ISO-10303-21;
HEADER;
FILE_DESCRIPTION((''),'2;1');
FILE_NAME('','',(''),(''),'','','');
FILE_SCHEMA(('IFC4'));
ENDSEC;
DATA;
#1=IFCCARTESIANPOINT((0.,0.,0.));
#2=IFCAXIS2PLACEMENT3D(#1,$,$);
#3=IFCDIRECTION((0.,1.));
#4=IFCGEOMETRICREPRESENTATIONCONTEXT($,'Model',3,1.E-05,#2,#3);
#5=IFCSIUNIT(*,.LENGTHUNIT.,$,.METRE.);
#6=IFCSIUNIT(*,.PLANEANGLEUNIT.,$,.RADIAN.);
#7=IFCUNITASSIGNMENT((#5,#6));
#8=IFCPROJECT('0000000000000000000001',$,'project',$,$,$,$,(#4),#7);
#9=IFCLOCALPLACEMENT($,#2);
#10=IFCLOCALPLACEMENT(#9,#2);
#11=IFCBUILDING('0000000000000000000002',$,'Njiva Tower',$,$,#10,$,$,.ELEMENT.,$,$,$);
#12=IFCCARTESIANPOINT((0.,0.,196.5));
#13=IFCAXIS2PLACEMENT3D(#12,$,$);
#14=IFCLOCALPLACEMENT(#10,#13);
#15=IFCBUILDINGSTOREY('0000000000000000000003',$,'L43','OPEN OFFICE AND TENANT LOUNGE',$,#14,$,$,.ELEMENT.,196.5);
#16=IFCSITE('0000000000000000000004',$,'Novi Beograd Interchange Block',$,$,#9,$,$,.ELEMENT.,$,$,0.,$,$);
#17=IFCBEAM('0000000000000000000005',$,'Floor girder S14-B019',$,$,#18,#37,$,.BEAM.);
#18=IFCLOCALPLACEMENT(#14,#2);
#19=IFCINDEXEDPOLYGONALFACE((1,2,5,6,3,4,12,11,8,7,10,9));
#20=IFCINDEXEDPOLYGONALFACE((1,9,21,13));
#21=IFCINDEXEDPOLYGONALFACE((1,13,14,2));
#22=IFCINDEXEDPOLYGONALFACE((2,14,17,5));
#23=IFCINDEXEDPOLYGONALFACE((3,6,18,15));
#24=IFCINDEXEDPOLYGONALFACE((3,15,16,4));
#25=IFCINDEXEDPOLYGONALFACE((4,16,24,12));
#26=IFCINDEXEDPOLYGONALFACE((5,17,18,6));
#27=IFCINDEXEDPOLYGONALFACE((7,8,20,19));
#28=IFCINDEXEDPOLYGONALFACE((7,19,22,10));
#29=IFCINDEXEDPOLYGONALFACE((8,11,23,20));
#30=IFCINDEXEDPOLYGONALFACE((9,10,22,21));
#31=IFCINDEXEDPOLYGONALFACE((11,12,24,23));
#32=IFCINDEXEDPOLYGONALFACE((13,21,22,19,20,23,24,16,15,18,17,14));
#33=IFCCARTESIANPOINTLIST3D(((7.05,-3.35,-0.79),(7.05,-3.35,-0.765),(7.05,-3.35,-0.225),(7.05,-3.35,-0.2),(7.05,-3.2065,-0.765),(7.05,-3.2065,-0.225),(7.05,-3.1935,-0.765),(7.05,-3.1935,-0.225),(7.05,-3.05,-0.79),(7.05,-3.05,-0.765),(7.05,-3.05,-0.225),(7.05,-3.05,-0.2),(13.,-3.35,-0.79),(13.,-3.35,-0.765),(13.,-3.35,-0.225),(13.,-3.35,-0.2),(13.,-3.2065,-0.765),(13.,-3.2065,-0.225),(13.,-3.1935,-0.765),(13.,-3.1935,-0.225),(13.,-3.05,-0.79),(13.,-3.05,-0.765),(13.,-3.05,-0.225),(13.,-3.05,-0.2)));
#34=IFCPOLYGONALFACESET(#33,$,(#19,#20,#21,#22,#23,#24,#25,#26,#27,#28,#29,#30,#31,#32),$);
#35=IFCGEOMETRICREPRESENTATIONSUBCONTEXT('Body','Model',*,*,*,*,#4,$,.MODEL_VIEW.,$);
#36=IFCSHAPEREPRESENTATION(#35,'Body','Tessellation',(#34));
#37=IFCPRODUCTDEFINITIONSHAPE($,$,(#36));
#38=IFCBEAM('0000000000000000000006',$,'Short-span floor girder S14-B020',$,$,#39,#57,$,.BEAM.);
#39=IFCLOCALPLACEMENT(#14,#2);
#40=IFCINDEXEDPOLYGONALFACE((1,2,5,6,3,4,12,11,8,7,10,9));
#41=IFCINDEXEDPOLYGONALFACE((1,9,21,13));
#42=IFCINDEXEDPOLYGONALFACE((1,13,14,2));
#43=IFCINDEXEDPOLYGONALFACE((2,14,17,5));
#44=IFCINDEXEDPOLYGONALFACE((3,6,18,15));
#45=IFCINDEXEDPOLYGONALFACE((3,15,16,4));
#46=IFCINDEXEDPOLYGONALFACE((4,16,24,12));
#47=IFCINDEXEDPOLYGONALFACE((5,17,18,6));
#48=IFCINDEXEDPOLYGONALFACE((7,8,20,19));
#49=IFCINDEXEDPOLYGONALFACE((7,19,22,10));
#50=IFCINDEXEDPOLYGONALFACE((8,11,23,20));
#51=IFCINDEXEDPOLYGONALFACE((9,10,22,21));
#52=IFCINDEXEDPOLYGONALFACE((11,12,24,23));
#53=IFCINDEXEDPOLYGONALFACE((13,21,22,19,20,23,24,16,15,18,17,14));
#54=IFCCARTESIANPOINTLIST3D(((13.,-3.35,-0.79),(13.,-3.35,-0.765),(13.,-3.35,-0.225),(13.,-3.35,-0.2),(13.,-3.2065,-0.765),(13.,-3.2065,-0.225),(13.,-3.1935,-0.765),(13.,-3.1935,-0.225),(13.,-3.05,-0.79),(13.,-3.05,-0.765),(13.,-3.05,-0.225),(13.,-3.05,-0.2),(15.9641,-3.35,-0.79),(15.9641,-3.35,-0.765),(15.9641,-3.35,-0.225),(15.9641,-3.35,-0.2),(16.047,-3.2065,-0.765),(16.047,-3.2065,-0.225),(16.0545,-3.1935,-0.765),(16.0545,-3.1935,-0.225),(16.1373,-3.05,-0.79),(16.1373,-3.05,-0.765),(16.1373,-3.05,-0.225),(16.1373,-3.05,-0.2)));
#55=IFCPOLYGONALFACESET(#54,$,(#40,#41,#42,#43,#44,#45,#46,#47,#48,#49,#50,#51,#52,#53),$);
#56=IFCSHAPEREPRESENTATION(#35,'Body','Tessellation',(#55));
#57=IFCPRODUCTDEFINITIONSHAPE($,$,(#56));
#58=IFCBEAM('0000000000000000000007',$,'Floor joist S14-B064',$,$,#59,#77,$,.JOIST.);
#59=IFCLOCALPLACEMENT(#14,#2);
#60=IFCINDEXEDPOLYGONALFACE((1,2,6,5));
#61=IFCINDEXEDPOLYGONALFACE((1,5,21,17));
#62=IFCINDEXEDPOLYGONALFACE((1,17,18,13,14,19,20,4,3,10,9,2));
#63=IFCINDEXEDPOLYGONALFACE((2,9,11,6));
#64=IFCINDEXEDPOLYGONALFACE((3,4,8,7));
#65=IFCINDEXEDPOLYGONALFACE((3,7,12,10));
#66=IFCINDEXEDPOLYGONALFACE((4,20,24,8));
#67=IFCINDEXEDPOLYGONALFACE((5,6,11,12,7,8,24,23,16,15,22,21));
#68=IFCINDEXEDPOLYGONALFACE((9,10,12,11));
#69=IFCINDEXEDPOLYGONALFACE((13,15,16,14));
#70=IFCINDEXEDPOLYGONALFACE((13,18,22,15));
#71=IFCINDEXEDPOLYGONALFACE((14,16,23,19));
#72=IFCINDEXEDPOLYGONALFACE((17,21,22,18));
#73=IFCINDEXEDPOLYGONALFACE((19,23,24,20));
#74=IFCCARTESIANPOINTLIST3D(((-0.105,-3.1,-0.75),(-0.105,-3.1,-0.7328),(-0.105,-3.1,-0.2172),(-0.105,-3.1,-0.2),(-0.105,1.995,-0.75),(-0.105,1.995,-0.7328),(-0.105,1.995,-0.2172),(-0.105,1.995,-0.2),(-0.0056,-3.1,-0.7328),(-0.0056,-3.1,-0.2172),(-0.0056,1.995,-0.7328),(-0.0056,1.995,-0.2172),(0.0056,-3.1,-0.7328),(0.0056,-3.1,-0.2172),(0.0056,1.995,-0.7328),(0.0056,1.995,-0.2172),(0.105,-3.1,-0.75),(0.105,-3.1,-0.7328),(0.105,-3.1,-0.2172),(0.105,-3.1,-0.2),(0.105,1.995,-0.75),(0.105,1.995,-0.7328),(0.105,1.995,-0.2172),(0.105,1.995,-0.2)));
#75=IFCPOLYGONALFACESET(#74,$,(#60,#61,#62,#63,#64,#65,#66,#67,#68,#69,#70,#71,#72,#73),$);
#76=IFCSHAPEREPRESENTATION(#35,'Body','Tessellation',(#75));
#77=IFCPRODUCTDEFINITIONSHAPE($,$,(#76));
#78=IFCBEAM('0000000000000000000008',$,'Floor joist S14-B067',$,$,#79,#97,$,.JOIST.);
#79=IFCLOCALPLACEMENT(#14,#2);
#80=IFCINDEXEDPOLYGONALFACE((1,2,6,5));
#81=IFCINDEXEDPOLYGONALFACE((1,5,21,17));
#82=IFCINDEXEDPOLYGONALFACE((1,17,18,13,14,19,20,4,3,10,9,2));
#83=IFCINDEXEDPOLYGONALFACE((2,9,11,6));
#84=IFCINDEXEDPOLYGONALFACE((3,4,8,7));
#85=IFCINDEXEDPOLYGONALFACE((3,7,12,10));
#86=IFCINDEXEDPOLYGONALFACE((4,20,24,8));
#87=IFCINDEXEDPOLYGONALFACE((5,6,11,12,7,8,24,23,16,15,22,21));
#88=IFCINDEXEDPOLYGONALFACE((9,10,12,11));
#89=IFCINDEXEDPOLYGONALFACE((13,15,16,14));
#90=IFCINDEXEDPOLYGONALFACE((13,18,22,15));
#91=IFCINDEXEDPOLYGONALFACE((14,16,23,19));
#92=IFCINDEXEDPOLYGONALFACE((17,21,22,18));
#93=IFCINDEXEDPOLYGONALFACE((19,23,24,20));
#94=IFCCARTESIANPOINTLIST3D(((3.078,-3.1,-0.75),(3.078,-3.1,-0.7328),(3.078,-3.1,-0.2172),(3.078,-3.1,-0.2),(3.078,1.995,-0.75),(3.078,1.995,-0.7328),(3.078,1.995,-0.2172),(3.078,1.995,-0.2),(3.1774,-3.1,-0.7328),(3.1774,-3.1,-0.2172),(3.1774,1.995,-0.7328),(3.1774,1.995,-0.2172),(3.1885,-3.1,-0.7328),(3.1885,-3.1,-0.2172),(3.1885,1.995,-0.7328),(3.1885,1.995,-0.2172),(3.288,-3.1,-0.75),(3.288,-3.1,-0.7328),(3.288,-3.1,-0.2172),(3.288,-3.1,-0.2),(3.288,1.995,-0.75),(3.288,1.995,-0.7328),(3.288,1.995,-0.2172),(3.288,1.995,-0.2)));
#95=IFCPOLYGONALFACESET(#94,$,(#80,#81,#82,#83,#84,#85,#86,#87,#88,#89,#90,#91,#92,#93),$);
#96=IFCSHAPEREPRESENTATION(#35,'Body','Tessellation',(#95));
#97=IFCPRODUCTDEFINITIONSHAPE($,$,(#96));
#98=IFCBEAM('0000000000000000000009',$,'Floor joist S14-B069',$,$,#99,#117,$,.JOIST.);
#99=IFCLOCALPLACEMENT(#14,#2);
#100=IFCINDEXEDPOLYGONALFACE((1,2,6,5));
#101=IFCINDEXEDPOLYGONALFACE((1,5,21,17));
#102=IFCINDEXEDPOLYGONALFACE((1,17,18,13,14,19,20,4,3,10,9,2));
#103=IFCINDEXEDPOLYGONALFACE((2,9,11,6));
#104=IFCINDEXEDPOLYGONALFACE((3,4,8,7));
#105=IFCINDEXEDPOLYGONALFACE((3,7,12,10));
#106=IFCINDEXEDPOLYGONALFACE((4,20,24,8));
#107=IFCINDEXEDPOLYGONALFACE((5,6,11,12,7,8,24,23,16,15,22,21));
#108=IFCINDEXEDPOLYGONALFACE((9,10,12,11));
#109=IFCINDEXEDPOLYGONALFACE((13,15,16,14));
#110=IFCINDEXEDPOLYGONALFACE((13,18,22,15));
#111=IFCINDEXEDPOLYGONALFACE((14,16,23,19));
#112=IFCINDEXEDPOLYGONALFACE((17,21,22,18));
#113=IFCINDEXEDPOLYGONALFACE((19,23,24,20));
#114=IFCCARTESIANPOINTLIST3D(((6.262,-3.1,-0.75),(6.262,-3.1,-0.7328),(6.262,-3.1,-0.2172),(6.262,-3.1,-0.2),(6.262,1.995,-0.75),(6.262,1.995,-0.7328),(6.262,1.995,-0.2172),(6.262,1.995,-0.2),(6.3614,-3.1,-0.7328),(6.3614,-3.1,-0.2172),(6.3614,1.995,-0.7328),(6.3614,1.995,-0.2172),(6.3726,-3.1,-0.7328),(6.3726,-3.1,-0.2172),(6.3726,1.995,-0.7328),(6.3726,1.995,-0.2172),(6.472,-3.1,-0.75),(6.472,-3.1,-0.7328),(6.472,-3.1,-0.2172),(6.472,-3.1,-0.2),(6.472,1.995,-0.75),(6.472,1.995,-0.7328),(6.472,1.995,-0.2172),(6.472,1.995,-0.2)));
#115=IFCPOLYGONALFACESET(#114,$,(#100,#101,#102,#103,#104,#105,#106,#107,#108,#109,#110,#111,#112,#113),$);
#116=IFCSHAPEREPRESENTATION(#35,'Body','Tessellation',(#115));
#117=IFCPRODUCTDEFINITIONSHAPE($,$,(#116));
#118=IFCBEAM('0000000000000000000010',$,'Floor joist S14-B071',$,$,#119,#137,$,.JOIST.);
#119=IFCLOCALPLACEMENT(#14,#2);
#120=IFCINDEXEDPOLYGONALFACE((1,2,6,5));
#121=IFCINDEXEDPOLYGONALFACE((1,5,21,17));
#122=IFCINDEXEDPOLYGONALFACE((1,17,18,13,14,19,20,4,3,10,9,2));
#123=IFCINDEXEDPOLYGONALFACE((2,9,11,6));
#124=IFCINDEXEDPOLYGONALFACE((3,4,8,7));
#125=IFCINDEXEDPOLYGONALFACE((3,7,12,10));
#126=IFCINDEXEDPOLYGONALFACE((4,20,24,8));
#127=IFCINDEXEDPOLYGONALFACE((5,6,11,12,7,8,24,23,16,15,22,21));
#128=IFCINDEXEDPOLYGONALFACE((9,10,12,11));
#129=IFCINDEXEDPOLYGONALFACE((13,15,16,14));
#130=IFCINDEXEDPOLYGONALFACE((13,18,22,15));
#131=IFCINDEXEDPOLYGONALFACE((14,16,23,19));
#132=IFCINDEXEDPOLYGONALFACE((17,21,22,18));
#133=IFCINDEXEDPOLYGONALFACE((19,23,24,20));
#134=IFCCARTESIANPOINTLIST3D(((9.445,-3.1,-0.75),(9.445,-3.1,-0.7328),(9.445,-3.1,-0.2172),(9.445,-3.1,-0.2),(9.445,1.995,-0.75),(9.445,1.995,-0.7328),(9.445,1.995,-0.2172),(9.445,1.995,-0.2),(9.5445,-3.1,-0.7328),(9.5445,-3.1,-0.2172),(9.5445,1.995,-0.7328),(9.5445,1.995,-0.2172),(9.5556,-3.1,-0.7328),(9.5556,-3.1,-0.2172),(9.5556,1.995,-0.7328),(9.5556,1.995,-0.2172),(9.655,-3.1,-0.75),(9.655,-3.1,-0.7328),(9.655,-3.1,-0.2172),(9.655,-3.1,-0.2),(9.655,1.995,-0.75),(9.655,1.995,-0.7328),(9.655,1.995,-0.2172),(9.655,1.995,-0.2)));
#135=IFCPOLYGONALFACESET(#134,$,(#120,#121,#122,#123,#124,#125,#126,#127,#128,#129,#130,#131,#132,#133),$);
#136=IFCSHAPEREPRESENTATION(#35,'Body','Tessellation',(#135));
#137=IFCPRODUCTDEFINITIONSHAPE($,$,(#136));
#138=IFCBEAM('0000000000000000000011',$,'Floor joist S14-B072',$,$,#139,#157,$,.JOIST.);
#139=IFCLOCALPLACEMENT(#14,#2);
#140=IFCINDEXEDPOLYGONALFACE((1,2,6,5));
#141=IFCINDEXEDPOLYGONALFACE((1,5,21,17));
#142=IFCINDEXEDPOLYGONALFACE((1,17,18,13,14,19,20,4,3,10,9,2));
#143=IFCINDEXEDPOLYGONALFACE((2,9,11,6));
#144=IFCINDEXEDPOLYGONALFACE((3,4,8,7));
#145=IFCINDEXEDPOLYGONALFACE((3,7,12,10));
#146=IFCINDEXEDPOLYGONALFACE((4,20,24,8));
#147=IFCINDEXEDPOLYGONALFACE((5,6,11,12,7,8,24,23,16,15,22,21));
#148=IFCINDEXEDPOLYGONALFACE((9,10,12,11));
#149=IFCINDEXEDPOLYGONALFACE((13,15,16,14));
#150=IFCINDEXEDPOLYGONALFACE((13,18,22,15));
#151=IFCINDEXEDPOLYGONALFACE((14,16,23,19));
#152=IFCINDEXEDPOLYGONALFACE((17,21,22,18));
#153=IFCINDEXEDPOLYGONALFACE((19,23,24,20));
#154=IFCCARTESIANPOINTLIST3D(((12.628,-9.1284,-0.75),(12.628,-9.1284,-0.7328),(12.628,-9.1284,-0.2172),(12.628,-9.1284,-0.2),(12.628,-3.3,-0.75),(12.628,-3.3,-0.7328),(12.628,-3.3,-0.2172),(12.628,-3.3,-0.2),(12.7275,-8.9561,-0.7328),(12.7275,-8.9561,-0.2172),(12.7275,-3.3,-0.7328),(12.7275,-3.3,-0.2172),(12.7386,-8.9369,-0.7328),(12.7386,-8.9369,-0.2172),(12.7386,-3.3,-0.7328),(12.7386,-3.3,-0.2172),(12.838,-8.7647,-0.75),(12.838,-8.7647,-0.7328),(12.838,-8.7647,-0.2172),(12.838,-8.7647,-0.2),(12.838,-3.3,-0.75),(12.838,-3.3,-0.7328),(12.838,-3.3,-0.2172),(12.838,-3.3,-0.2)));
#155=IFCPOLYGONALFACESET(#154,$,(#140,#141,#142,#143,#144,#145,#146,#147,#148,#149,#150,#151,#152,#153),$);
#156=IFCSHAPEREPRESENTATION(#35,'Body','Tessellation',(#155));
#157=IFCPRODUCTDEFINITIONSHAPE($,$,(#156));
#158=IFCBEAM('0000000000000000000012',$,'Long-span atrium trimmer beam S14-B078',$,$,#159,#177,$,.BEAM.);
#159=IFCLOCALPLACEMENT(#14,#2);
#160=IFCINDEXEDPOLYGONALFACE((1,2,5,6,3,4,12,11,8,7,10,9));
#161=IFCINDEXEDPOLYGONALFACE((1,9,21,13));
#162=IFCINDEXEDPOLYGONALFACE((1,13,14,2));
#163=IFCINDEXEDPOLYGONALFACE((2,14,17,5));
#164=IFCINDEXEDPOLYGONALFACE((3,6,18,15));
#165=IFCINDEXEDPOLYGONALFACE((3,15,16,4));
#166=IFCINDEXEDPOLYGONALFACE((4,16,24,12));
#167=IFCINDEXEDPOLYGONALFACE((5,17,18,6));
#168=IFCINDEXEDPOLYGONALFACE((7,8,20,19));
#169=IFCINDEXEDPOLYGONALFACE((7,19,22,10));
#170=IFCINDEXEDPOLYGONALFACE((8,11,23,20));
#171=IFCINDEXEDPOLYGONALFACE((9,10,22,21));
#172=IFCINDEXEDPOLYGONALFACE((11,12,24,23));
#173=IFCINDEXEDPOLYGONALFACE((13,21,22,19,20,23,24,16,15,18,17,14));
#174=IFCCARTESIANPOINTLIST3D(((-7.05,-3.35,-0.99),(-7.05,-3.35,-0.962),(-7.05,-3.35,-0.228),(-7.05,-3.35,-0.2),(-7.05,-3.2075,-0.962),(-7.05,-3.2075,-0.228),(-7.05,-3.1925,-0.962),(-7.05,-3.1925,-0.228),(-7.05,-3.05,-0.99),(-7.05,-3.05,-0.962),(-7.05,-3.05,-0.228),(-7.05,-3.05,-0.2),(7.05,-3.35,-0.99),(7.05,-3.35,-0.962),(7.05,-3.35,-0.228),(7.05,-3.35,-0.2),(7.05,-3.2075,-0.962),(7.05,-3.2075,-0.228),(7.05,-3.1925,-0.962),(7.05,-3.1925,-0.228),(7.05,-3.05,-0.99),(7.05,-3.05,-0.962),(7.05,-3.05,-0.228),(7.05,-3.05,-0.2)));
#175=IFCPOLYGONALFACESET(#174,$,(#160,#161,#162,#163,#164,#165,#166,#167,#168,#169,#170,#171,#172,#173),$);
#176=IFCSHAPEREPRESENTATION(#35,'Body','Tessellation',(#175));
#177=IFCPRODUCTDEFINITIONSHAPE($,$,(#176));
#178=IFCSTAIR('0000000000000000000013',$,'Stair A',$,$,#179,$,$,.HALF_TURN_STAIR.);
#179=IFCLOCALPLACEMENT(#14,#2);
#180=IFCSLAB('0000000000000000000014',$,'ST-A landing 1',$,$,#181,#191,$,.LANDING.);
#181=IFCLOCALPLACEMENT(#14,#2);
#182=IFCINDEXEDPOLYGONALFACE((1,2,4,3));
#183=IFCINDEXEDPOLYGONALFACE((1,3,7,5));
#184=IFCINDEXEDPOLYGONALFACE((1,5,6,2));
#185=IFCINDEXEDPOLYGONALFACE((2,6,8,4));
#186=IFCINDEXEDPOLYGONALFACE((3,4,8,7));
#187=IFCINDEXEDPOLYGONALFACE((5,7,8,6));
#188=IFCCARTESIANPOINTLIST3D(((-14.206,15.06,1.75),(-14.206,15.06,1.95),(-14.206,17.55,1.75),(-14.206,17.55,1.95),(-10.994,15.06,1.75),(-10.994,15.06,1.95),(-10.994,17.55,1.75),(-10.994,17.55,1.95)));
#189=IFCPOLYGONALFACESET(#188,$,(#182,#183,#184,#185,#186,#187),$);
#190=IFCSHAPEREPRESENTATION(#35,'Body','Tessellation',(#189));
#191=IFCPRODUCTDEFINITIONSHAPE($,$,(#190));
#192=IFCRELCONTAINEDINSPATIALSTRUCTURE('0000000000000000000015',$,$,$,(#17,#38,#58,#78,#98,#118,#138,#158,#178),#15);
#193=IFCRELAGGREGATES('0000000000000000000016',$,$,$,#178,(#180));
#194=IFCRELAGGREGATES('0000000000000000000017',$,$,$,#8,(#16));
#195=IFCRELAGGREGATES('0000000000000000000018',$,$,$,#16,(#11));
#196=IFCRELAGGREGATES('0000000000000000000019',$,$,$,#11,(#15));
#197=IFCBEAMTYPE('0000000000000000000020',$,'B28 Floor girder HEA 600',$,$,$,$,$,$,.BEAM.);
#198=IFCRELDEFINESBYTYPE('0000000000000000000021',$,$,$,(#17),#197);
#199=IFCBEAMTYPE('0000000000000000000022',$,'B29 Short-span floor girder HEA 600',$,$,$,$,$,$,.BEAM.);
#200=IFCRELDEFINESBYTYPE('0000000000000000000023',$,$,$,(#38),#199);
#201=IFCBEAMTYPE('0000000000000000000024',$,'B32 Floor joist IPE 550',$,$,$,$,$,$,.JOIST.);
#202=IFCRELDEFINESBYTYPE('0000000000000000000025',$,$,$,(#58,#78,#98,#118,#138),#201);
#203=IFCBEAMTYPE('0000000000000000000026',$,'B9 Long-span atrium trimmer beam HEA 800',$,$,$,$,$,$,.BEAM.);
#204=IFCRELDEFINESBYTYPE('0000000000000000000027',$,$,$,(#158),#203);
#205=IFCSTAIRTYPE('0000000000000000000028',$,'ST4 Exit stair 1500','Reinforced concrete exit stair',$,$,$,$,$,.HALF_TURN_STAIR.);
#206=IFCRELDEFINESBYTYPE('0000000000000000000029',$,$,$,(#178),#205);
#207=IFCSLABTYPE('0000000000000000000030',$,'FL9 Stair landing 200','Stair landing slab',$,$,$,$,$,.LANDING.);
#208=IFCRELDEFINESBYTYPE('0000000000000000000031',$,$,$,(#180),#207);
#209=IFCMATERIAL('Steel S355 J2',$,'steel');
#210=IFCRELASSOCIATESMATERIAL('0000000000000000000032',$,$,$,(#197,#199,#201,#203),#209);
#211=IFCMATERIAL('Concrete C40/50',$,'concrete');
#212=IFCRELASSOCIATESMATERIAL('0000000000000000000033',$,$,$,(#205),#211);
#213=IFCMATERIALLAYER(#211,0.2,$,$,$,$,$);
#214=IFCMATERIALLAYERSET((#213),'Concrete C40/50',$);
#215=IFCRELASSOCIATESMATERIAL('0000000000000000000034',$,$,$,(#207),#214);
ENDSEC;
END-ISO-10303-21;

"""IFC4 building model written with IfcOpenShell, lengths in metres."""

from ifc_helpers import new_model, si_unit, direction, frame, origin, origin_2d, place, context, subcontext, project, spatial, polyline, i_section, outline, extrude, clip, halfspace, material, layer, layer_set, material_profile, profile_set, type_object, element, aggregate, save


model = new_model("IFC4")

# Units and contexts
model_context = context("Model", 3, precision=1e-05, world=origin(), true_north=direction((0.0, 1.0)))
body_context = subcontext(model_context, "Body", "Model", "MODEL_VIEW")
ifc_project = project(units=[si_unit("LENGTHUNIT", "METRE"), si_unit("PLANEANGLEUNIT", "RADIAN")], contexts=[model_context])

# Site, building, storey
site_placement = place(None, origin())
site = spatial("IfcSite", under=ifc_project, at=site_placement, Name="Novi Beograd Interchange Block", CompositionType="ELEMENT", RefElevation=0.0)
building_placement = place(site_placement, origin())
building = spatial("IfcBuilding", under=site, at=building_placement, Name="Njiva Tower", CompositionType="ELEMENT")
storey_placement = place(building_placement, frame((0.0, 0.0, 196.5)))
storey = spatial("IfcBuildingStorey", under=building, at=storey_placement, Name="L43", Description="OPEN OFFICE AND TENANT LOUNGE", CompositionType="ELEMENT", Elevation=196.5)

# Shared definitions
ifc_material_1 = material(Name="Steel S355 J2", Category="steel")

# Beams
ifc_material_profile_1 = material_profile(ifc_material_1, i_section(OverallWidth=0.3, OverallDepth=0.59, WebThickness=0.013, FlangeThickness=0.025, at=origin_2d()), Name="HEA 600")
ifc_profile_set_1 = profile_set([ifc_material_profile_1], Name="Steel S355 J2")
beam_type_1 = type_object("IfcBeamType", Name="B28 Floor girder HEA 600", PredefinedType="BEAM", material=ifc_profile_set_1)
beam_1_placement = place(storey_placement, frame((7.05, -3.2, -0.495), z_axis=(1.0, 0.0, 0.0), x_axis=(0.0, 1.0, 0.0)))
element("IfcBeam", 1, at=beam_1_placement, inside=storey, type_object=beam_type_1, Name="Floor girder S14-B019", PredefinedType="BEAM", context=body_context, shape_type="SweptSolid", body=[
    extrude(i_section(OverallWidth=0.3, OverallDepth=0.59, WebThickness=0.013, FlangeThickness=0.025, at=origin_2d()), origin(), (0.0, 0.0, 1.0), 5.95),
])
ifc_material_profile_2 = material_profile(ifc_material_1, i_section(OverallWidth=0.3, OverallDepth=0.59, WebThickness=0.013, FlangeThickness=0.025, at=origin_2d()), Name="HEA 600")
ifc_profile_set_2 = profile_set([ifc_material_profile_2], Name="Steel S355 J2")
beam_type_2 = type_object("IfcBeamType", Name="B29 Short-span floor girder HEA 600", PredefinedType="BEAM", material=ifc_profile_set_2)
beam_2_placement = place(storey_placement, frame((13.0, -3.2, -0.495), z_axis=(1.0, 0.0, 0.0), x_axis=(0.0, 1.0, 0.0)))
element("IfcBeam", 2, at=beam_2_placement, inside=storey, type_object=beam_type_2, Name="Short-span floor girder S14-B020", PredefinedType="BEAM", context=body_context, shape_type="Clipping", body=[
    clip(extrude(i_section(OverallWidth=0.3, OverallDepth=0.59, WebThickness=0.013, FlangeThickness=0.025, at=origin_2d()), origin(), (0.0, 0.0, 1.0), 3.158), halfspace(frame((-0.025, 0.0, 3.0363), z_axis=(-0.499998, 0.0, 0.866027), x_axis=(0.0, 1.0, 0.0)), False)),
])
ifc_material_profile_3 = material_profile(ifc_material_1, i_section(OverallWidth=0.21, OverallDepth=0.55, WebThickness=0.0111, FlangeThickness=0.0172, at=origin_2d()), Name="IPE 550")
ifc_profile_set_3 = profile_set([ifc_material_profile_3], Name="Steel S355 J2")
beam_type_3 = type_object("IfcBeamType", Name="B32 Floor joist IPE 550", PredefinedType="JOIST", material=ifc_profile_set_3)
for number, where, z_axis, x_axis, name in (
    (3, (0.0, 1.995, -0.475), (0.0, -1.0, 0.0), (1.0, 0.0, 0.0), "Floor joist S14-B064"),
    (4, (3.183, 1.995, -0.475), (0.0, -1.0, 0.0), (1.0, 0.0, 0.0), "Floor joist S14-B067"),
    (5, (6.367, 1.995, -0.475), (0.0, -1.0, 0.0), (1.0, 0.0, 0.0), "Floor joist S14-B069"),
    (6, (9.55, 1.995, -0.475), (0.0, -1.0, 0.0), (1.0, 0.0, 0.0), "Floor joist S14-B071"),
):
    element("IfcBeam", number, at=place(storey_placement, frame(where, z_axis=z_axis, x_axis=x_axis)), inside=storey, type_object=beam_type_3, Name=name, PredefinedType="JOIST", context=body_context, shape_type="SweptSolid", body=[
        extrude(i_section(OverallWidth=0.21, OverallDepth=0.55, WebThickness=0.0111, FlangeThickness=0.0172, at=origin_2d()), origin(), (0.0, 0.0, 1.0), 5.095),
    ])
beam_3_placement = place(storey_placement, frame((12.733, -3.3, -0.475), z_axis=(0.0, -1.0, 0.0), x_axis=(1.0, 0.0, 0.0)))
element("IfcBeam", 7, at=beam_3_placement, inside=storey, type_object=beam_type_3, Name="Floor joist S14-B072", PredefinedType="JOIST", context=body_context, shape_type="Clipping", body=[
    clip(extrude(i_section(OverallWidth=0.21, OverallDepth=0.55, WebThickness=0.0111, FlangeThickness=0.0172, at=origin_2d()), origin(), (0.0, 0.0, 1.0), 5.848), halfspace(frame((0.0436, 0.0, 5.571), z_axis=(0.866027, 0.0, 0.499998), x_axis=(0.0, 1.0, 0.0)), False)),
])
ifc_material_profile_4 = material_profile(ifc_material_1, i_section(OverallWidth=0.3, OverallDepth=0.79, WebThickness=0.015, FlangeThickness=0.028, at=origin_2d()), Name="HEA 800")
ifc_profile_set_4 = profile_set([ifc_material_profile_4], Name="Steel S355 J2")
beam_type_4 = type_object("IfcBeamType", Name="B9 Long-span atrium trimmer beam HEA 800", PredefinedType="BEAM", material=ifc_profile_set_4)
beam_4_placement = place(storey_placement, frame((7.05, -3.2, -0.595), z_axis=(-1.0, 0.0, 0.0), x_axis=(0.0, -1.0, 0.0)))
element("IfcBeam", 8, at=beam_4_placement, inside=storey, type_object=beam_type_4, Name="Long-span atrium trimmer beam S14-B078", PredefinedType="BEAM", context=body_context, shape_type="SweptSolid", body=[
    extrude(i_section(OverallWidth=0.3, OverallDepth=0.79, WebThickness=0.015, FlangeThickness=0.028, at=origin_2d()), origin(), (0.0, 0.0, 1.0), 14.1),
])

# Stair, slab
ifc_material_2 = material(Name="Concrete C40/50", Category="concrete")
stair_type_1 = type_object("IfcStairType", Name="ST4 Exit stair 1500", Description="Reinforced concrete exit stair", PredefinedType="HALF_TURN_STAIR", material=ifc_material_2)
stair_1_placement = place(storey_placement, origin())
stair_1 = element("IfcStair", 9, at=stair_1_placement, inside=storey, type_object=stair_type_1, Name="Stair A", PredefinedType="HALF_TURN_STAIR")
ifc_layer_1 = layer(ifc_material_2, 0.2)
ifc_layer_set_1 = layer_set([ifc_layer_1], Name="Concrete C40/50")
slab_type_1 = type_object("IfcSlabType", Name="FL9 Stair landing 200", Description="Stair landing slab", PredefinedType="LANDING", material=ifc_layer_set_1)
slab_1_placement = place(storey_placement, frame((0.0, 0.0, 1.75)))
slab_1 = element("IfcSlab", 10, at=slab_1_placement, type_object=slab_type_1, Name="ST-A landing 1", PredefinedType="LANDING", context=body_context, shape_type="SweptSolid", body=[
    extrude(outline(polyline([(-14.206, 15.06), (-10.994, 15.06), (-10.994, 17.55), (-14.206, 17.55), (-14.206, 15.06)])), origin(), (0.0, 0.0, 1.0), 0.2),
])
aggregate(stair_1, [slab_1])

save(model, "model.ifc")
